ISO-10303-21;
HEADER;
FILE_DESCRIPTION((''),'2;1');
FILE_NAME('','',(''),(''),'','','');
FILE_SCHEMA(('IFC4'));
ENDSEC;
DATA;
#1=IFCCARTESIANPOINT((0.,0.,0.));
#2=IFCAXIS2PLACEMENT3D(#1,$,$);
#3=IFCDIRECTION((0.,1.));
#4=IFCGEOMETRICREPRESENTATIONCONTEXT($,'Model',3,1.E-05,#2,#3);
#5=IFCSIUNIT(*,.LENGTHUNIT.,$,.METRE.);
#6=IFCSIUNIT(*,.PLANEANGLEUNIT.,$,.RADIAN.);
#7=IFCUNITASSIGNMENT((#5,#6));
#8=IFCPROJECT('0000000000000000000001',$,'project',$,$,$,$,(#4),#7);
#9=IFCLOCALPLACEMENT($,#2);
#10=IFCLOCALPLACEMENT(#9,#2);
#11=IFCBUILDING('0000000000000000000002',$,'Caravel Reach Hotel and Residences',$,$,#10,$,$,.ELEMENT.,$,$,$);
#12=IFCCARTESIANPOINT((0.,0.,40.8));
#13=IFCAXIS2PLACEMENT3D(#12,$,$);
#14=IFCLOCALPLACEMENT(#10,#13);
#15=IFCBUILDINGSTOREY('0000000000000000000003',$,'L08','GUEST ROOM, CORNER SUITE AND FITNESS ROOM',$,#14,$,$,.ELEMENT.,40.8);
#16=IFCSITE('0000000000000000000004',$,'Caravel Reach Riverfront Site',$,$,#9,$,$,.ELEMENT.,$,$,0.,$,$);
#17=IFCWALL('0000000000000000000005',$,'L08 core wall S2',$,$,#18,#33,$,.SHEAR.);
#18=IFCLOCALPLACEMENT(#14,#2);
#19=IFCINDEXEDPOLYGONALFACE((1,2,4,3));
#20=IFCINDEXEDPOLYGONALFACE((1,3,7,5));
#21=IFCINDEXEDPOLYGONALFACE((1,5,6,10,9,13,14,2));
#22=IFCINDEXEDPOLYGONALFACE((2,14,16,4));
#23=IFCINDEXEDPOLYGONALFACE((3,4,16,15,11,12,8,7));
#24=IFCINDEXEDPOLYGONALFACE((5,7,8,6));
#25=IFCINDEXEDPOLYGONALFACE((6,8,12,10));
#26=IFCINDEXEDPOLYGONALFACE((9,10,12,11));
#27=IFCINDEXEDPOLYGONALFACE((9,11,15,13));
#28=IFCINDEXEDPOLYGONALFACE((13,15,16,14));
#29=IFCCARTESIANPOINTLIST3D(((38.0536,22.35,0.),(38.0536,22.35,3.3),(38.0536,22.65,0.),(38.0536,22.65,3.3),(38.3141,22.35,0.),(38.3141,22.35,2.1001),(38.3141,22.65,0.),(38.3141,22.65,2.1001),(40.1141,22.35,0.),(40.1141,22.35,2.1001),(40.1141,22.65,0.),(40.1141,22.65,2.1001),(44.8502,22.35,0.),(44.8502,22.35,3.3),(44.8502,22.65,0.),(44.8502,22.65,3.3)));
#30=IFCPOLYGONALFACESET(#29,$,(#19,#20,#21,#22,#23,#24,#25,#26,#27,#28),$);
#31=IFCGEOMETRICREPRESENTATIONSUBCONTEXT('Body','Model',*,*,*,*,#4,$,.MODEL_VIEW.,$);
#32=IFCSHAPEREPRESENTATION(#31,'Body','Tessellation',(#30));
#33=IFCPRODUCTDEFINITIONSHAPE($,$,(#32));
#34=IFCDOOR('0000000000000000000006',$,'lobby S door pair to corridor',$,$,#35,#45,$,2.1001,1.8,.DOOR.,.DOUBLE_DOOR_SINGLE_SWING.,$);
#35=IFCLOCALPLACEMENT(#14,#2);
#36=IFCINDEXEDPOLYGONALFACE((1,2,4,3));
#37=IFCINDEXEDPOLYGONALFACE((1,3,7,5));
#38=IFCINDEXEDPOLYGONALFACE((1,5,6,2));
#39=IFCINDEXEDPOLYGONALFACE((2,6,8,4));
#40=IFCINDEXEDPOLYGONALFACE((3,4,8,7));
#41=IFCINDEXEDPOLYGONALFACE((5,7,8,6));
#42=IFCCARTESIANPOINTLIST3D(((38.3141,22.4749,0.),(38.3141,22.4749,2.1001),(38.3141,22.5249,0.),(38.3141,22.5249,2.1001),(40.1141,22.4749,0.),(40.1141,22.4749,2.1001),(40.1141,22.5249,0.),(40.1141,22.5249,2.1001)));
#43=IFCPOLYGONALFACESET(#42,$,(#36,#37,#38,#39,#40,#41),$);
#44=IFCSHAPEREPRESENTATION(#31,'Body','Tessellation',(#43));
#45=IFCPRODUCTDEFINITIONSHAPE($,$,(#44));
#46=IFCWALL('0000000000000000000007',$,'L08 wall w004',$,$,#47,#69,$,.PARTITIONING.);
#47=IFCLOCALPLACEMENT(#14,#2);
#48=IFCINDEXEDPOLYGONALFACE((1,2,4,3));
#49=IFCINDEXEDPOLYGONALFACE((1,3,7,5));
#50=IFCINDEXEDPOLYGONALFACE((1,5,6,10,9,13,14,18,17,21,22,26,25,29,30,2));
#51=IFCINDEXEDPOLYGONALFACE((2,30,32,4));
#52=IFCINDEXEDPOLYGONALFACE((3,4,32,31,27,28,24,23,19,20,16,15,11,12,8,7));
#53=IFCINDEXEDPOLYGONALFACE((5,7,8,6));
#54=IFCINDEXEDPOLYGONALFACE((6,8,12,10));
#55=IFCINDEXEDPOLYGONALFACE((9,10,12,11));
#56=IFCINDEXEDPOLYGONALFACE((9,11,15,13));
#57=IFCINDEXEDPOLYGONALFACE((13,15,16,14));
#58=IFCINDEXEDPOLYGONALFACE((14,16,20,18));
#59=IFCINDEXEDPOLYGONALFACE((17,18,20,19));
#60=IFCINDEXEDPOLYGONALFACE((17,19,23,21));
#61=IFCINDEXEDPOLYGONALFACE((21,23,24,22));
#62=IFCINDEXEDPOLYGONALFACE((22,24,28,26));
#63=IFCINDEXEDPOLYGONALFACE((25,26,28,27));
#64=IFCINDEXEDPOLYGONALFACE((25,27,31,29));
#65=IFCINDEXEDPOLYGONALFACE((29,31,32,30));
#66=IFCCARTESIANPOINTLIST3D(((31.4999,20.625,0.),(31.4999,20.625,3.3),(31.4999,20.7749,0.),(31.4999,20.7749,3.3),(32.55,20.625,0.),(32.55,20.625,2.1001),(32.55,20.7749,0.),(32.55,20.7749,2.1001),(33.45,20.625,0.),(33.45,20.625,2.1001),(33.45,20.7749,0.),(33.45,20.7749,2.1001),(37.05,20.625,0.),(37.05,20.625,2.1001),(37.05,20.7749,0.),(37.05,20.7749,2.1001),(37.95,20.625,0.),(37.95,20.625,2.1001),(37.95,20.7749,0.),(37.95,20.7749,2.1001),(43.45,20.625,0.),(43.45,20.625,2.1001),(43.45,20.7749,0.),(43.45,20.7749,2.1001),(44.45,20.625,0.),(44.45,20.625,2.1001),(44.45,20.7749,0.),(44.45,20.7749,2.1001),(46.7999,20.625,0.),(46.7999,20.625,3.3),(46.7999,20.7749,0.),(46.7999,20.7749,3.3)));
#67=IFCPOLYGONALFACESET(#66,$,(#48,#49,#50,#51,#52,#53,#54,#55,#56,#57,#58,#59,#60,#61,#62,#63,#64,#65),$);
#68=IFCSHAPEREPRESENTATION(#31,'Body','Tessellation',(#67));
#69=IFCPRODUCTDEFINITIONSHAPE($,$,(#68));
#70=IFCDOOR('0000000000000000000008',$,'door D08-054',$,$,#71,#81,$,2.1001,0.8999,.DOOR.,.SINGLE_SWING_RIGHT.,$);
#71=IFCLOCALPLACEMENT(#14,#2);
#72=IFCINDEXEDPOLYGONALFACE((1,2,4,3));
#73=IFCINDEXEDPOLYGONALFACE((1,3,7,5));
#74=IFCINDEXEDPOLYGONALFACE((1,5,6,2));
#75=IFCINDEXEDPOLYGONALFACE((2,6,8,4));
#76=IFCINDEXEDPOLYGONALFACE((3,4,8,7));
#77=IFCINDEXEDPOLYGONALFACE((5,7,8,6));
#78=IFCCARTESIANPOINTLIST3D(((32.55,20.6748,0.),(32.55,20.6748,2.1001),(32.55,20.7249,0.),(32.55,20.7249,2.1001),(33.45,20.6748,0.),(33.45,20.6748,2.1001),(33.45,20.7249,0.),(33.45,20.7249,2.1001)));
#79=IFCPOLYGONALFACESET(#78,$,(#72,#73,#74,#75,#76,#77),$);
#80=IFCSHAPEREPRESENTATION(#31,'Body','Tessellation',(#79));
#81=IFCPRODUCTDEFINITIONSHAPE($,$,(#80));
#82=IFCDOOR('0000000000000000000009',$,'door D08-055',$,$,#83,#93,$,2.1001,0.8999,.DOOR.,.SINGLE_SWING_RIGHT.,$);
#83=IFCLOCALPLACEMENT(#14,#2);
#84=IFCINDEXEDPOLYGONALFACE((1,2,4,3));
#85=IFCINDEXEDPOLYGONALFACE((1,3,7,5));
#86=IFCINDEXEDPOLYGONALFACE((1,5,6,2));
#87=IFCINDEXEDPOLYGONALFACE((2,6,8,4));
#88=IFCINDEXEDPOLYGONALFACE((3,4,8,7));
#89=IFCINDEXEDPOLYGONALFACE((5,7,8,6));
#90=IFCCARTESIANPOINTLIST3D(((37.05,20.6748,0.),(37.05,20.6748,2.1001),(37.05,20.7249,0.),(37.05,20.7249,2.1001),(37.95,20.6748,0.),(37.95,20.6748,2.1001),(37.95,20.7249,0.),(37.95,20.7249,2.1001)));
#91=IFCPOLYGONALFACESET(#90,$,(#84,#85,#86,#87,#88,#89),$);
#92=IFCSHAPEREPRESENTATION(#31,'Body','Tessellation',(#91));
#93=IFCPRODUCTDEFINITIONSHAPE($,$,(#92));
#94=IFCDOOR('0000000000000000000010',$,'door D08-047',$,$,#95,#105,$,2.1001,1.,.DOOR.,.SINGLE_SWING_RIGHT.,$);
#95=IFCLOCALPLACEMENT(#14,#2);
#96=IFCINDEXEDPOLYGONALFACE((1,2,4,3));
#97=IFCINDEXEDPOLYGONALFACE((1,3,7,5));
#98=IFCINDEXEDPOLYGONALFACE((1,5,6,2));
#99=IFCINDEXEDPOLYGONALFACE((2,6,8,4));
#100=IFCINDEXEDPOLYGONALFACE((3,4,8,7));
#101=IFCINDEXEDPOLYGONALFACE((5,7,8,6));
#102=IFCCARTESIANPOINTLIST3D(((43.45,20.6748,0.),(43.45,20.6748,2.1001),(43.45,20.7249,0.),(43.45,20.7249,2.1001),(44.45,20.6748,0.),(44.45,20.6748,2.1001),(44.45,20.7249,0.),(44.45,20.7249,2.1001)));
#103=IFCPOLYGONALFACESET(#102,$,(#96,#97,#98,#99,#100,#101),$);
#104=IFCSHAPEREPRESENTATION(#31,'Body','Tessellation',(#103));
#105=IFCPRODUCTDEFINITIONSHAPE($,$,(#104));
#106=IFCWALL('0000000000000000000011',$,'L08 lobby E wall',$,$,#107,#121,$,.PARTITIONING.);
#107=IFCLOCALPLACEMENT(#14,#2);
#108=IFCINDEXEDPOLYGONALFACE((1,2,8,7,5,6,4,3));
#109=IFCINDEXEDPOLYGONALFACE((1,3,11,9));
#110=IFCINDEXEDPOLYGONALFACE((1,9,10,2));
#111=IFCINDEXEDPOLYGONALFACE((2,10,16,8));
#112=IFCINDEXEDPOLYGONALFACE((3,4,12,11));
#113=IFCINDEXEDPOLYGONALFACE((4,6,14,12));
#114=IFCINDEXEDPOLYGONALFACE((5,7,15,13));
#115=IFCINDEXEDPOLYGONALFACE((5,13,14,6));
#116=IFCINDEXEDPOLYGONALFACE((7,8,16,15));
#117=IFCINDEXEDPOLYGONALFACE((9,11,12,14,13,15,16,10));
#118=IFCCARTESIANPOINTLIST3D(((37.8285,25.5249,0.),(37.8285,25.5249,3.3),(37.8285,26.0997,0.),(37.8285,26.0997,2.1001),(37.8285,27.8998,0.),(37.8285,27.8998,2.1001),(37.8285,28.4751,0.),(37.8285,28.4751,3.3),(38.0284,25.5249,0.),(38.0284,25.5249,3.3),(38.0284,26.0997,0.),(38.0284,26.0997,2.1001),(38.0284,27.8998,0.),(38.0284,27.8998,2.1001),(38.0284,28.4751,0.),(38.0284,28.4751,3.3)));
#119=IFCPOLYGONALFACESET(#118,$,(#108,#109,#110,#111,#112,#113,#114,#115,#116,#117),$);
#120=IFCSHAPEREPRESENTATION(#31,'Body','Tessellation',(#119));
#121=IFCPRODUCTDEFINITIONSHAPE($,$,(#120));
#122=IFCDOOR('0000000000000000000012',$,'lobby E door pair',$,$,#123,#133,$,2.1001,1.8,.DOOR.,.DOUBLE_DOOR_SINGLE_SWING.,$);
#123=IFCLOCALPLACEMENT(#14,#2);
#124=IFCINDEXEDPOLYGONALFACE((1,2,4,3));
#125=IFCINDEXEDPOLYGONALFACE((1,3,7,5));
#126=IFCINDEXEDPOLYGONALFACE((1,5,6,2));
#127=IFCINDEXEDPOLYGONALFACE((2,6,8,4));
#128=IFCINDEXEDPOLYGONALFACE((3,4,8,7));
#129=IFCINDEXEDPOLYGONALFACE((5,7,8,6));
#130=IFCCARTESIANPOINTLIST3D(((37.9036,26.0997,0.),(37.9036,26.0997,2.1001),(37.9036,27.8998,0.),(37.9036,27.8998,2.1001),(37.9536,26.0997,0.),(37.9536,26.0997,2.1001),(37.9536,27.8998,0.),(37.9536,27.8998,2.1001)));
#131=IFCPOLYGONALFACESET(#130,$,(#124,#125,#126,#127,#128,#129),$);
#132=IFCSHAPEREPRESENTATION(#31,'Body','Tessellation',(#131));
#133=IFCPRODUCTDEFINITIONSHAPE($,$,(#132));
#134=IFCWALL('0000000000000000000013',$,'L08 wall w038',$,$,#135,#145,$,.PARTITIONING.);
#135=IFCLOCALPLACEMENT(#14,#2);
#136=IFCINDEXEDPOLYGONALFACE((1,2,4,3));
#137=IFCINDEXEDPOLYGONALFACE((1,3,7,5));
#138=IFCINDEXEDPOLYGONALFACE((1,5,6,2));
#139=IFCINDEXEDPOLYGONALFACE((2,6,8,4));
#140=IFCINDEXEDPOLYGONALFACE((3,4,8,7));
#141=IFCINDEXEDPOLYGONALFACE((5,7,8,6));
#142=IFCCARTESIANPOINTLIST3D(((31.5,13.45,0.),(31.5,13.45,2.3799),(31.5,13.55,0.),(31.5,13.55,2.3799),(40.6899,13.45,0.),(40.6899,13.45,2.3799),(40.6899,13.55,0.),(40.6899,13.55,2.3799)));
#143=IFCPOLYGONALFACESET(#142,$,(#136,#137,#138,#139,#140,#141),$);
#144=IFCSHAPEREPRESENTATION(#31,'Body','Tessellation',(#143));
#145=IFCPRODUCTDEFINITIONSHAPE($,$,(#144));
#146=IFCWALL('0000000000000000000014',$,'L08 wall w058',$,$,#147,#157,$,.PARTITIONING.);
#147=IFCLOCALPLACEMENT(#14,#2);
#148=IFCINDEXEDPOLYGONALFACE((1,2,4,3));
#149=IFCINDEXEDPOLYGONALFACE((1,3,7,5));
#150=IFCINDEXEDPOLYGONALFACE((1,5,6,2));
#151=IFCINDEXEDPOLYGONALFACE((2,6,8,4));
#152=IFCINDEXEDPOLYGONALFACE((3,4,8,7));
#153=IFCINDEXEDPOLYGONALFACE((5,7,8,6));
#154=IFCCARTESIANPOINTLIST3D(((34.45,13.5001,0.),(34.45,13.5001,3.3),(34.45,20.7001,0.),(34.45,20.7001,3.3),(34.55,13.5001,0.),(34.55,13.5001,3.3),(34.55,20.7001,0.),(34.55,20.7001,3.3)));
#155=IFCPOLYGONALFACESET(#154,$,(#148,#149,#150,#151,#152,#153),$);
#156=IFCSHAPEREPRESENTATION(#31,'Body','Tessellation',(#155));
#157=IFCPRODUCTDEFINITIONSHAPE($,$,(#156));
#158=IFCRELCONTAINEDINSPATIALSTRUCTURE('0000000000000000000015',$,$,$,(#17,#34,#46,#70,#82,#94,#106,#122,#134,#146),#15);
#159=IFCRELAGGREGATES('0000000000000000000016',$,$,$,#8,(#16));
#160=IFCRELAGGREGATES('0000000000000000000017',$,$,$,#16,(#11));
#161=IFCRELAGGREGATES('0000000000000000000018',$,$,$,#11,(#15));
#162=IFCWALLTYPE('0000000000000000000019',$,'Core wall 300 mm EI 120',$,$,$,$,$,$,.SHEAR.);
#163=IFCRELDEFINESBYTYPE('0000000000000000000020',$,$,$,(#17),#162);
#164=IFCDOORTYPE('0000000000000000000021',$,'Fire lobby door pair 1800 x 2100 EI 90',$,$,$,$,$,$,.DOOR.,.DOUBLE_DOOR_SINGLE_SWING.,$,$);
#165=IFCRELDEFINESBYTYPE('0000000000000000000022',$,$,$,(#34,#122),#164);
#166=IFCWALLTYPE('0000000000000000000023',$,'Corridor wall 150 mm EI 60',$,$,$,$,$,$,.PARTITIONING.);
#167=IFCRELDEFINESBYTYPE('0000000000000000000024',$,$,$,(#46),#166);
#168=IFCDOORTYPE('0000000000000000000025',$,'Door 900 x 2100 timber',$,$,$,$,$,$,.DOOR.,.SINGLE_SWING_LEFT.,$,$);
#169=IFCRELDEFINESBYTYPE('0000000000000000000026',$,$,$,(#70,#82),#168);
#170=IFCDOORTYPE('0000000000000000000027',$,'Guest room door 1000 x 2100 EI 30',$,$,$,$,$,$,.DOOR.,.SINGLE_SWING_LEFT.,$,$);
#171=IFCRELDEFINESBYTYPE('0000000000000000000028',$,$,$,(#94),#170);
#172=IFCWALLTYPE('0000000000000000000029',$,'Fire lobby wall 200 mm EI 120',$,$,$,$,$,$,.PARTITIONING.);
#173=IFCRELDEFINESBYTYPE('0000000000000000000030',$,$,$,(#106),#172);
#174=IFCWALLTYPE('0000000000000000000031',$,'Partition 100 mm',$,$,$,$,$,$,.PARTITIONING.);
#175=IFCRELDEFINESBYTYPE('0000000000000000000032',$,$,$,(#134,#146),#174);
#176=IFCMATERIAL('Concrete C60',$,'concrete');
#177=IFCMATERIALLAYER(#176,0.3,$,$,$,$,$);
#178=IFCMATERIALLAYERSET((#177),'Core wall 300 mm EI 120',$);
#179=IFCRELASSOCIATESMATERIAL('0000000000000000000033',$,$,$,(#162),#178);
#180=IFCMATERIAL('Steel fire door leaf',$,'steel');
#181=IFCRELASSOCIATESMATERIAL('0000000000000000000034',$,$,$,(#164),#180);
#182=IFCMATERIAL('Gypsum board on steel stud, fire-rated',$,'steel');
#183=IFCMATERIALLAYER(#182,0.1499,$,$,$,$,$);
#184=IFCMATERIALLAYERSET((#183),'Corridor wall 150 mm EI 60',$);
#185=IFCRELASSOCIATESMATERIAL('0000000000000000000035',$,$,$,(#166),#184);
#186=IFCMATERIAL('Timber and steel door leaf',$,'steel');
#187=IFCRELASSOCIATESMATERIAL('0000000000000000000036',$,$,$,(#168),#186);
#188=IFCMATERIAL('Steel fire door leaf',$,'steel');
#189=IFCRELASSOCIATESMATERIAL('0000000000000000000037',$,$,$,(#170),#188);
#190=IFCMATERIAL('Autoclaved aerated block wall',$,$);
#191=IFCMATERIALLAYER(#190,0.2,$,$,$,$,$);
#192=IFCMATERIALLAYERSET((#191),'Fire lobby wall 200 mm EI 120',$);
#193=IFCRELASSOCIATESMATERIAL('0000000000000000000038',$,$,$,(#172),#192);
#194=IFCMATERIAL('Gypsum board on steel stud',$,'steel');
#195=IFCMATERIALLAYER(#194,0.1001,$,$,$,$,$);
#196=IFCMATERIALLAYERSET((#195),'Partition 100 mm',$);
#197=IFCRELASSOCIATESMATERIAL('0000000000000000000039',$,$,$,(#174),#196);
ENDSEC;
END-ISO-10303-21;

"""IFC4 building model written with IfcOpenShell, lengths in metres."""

from ifc_helpers import new_model, si_unit, direction, frame, frame_2d, origin, place, context, subcontext, project, spatial, rectangle, extrude, material, layer, layer_set, type_object, element, fill, save


model = new_model("IFC4")

# Units and contexts
model_context = context("Model", 3, precision=1e-05, world=origin(), true_north=direction((0.0, 1.0)))
body_context = subcontext(model_context, "Body", "Model", "MODEL_VIEW")
ifc_project = project(units=[si_unit("LENGTHUNIT", "METRE"), si_unit("PLANEANGLEUNIT", "RADIAN")], contexts=[model_context])

# Site, building, storey
site_placement = place(None, origin())
site = spatial("IfcSite", under=ifc_project, at=site_placement, Name="Caravel Reach Riverfront Site", CompositionType="ELEMENT", RefElevation=0.0)
building_placement = place(site_placement, origin())
building = spatial("IfcBuilding", under=site, at=building_placement, Name="Caravel Reach Hotel and Residences", CompositionType="ELEMENT")
storey_placement = place(building_placement, frame((0.0, 0.0, 40.8)))
storey = spatial("IfcBuildingStorey", under=building, at=storey_placement, Name="L08", Description="GUEST ROOM, CORNER SUITE AND FITNESS ROOM", CompositionType="ELEMENT", Elevation=40.8)

# Wall, opening, door
ifc_material_1 = material(Name="Concrete C60", Category="concrete")
ifc_layer_1 = layer(ifc_material_1, 0.3)
ifc_layer_set_1 = layer_set([ifc_layer_1], Name="Core wall 300 mm EI 120")
wall_type_1 = type_object("IfcWallType", Name="Core wall 300 mm EI 120", PredefinedType="SHEAR", material=ifc_layer_set_1)
wall_1_placement = place(storey_placement, frame((38.0535, 22.5, 0.0), z_axis=(0.0, 0.0, 1.0), x_axis=(1.0, 0.0, 0.0)))
wall_1 = element("IfcWall", 1, at=wall_1_placement, inside=storey, type_object=wall_type_1, Name="L08 core wall S2", PredefinedType="SHEAR", context=body_context, shape_type="SweptSolid", body=[
    extrude(rectangle(XDim=6.7966, YDim=0.3, at=frame_2d((3.3984, 0.0))), origin(), (0.0, 0.0, 1.0), 3.3),
])
opening_1_placement = place(wall_1_placement, frame((0.2607, 0.0, 0.0)))
opening_1 = element("IfcOpeningElement", 2, at=opening_1_placement, cuts=wall_1, PredefinedType="OPENING", context=body_context, shape_type="SweptSolid", body=[
    extrude(rectangle(XDim=1.8, YDim=2.1001, at=frame_2d((0.8999, 1.05))), frame((0.0, 0.1599, 0.0), z_axis=(0.0, -1.0, 0.0), x_axis=(1.0, 0.0, 0.0)), (0.0, 0.0, 1.0), 0.3201),
])
ifc_material_2 = material(Name="Steel fire door leaf", Category="steel")
door_type_1 = type_object("IfcDoorType", Name="Fire lobby door pair 1800 x 2100 EI 90", OperationType="DOUBLE_DOOR_SINGLE_SWING", PredefinedType="DOOR", material=ifc_material_2)
door_1_placement = place(opening_1_placement, origin())
door_1 = element("IfcDoor", 3, at=door_1_placement, inside=storey, type_object=door_type_1, Name="lobby S door pair to corridor", OperationType="DOUBLE_DOOR_SINGLE_SWING", OverallHeight=2.1001, OverallWidth=1.8, PredefinedType="DOOR", context=body_context, shape_type="SweptSolid", body=[
    extrude(rectangle(XDim=1.8, YDim=2.1001, at=frame_2d((0.8999, 1.05))), frame((0.0, 0.0249, 0.0), z_axis=(0.0, -1.0, 0.0), x_axis=(1.0, 0.0, 0.0)), (0.0, 0.0, 1.0), 0.05),
])
fill(opening_1, door_1)

# Wall, openings, doors
ifc_material_3 = material(Name="Gypsum board on steel stud, fire-rated", Category="steel")
ifc_layer_2 = layer(ifc_material_3, 0.1499)
ifc_layer_set_2 = layer_set([ifc_layer_2], Name="Corridor wall 150 mm EI 60")
wall_type_2 = type_object("IfcWallType", Name="Corridor wall 150 mm EI 60", PredefinedType="PARTITIONING", material=ifc_layer_set_2)
wall_2_placement = place(storey_placement, frame((31.5, 20.7, 0.0), z_axis=(0.0, 0.0, 1.0), x_axis=(1.0, 0.0, 0.0)))
wall_2 = element("IfcWall", 4, at=wall_2_placement, inside=storey, type_object=wall_type_2, Name="L08 wall w004", PredefinedType="PARTITIONING", context=body_context, shape_type="SweptSolid", body=[
    extrude(rectangle(XDim=15.3, YDim=0.1499, at=frame_2d((7.6499, 0.0))), origin(), (0.0, 0.0, 1.0), 3.3),
])
opening_2_placement = place(wall_2_placement, frame((11.95, 0.0, 0.0)))
opening_2 = element("IfcOpeningElement", 5, at=opening_2_placement, cuts=wall_2, PredefinedType="OPENING", context=body_context, shape_type="SweptSolid", body=[
    extrude(rectangle(XDim=1.0, YDim=2.1001, at=frame_2d((0.5, 1.05))), frame((0.0, 0.085, 0.0), z_axis=(0.0, -1.0, 0.0), x_axis=(1.0, 0.0, 0.0)), (0.0, 0.0, 1.0), 0.1699),
])
opening_3_placement = place(wall_2_placement, frame((1.05, 0.0, 0.0)))
opening_3 = element("IfcOpeningElement", 6, at=opening_3_placement, cuts=wall_2, PredefinedType="OPENING", context=body_context, shape_type="SweptSolid", body=[
    extrude(rectangle(XDim=0.8999, YDim=2.1001, at=frame_2d((0.45, 1.05))), frame((0.0, 0.085, 0.0), z_axis=(0.0, -1.0, 0.0), x_axis=(1.0, 0.0, 0.0)), (0.0, 0.0, 1.0), 0.1699),
])
opening_4_placement = place(wall_2_placement, frame((5.55, 0.0, 0.0)))
opening_4 = element("IfcOpeningElement", 7, at=opening_4_placement, cuts=wall_2, PredefinedType="OPENING", context=body_context, shape_type="SweptSolid", body=[
    extrude(rectangle(XDim=0.8999, YDim=2.1001, at=frame_2d((0.45, 1.05))), frame((0.0, 0.085, 0.0), z_axis=(0.0, -1.0, 0.0), x_axis=(1.0, 0.0, 0.0)), (0.0, 0.0, 1.0), 0.1699),
])
ifc_material_4 = material(Name="Timber and steel door leaf", Category="steel")
door_type_2 = type_object("IfcDoorType", Name="Door 900 x 2100 timber", OperationType="SINGLE_SWING_LEFT", PredefinedType="DOOR", material=ifc_material_4)
door_2_placement = place(opening_3_placement, origin())
door_2 = element("IfcDoor", 8, at=door_2_placement, inside=storey, type_object=door_type_2, Name="door D08-054", OperationType="SINGLE_SWING_RIGHT", OverallHeight=2.1001, OverallWidth=0.8999, PredefinedType="DOOR", context=body_context, shape_type="SweptSolid", body=[
    extrude(rectangle(XDim=0.8999, YDim=2.1001, at=frame_2d((0.45, 1.05))), frame((0.0, 0.0249, 0.0), z_axis=(0.0, -1.0, 0.0), x_axis=(1.0, 0.0, 0.0)), (0.0, 0.0, 1.0), 0.05),
])
fill(opening_3, door_2)
door_3_placement = place(opening_4_placement, origin())
door_3 = element("IfcDoor", 9, at=door_3_placement, inside=storey, type_object=door_type_2, Name="door D08-055", OperationType="SINGLE_SWING_RIGHT", OverallHeight=2.1001, OverallWidth=0.8999, PredefinedType="DOOR", context=body_context, shape_type="SweptSolid", body=[
    extrude(rectangle(XDim=0.8999, YDim=2.1001, at=frame_2d((0.45, 1.05))), frame((0.0, 0.0249, 0.0), z_axis=(0.0, -1.0, 0.0), x_axis=(1.0, 0.0, 0.0)), (0.0, 0.0, 1.0), 0.05),
])
fill(opening_4, door_3)
ifc_material_5 = material(Name="Steel fire door leaf", Category="steel")
door_type_3 = type_object("IfcDoorType", Name="Guest room door 1000 x 2100 EI 30", OperationType="SINGLE_SWING_LEFT", PredefinedType="DOOR", material=ifc_material_5)
door_4_placement = place(opening_2_placement, origin())
door_4 = element("IfcDoor", 10, at=door_4_placement, inside=storey, type_object=door_type_3, Name="door D08-047", OperationType="SINGLE_SWING_RIGHT", OverallHeight=2.1001, OverallWidth=1.0, PredefinedType="DOOR", context=body_context, shape_type="SweptSolid", body=[
    extrude(rectangle(XDim=1.0, YDim=2.1001, at=frame_2d((0.5, 1.05))), frame((0.0, 0.0249, 0.0), z_axis=(0.0, -1.0, 0.0), x_axis=(1.0, 0.0, 0.0)), (0.0, 0.0, 1.0), 0.05),
])
fill(opening_2, door_4)

# Wall, opening, door
ifc_material_6 = material(Name="Autoclaved aerated block wall")
ifc_layer_3 = layer(ifc_material_6, 0.2)
ifc_layer_set_3 = layer_set([ifc_layer_3], Name="Fire lobby wall 200 mm EI 120")
wall_type_3 = type_object("IfcWallType", Name="Fire lobby wall 200 mm EI 120", PredefinedType="PARTITIONING", material=ifc_layer_set_3)
wall_3_placement = place(storey_placement, frame((37.9285, 25.5249, 0.0), z_axis=(0.0, 0.0, 1.0), x_axis=(0.0, 1.0, 0.0)))
wall_3 = element("IfcWall", 11, at=wall_3_placement, inside=storey, type_object=wall_type_3, Name="L08 lobby E wall", PredefinedType="PARTITIONING", context=body_context, shape_type="SweptSolid", body=[
    extrude(rectangle(XDim=2.9502, YDim=0.2, at=frame_2d((1.4751, 0.0))), origin(), (0.0, 0.0, 1.0), 3.3),
])
opening_5_placement = place(wall_3_placement, frame((0.575, 0.0, 0.0)))
opening_5 = element("IfcOpeningElement", 12, at=opening_5_placement, cuts=wall_3, PredefinedType="OPENING", context=body_context, shape_type="SweptSolid", body=[
    extrude(rectangle(XDim=1.8, YDim=2.1001, at=frame_2d((0.8999, 1.05))), frame((0.0, 0.1099, 0.0), z_axis=(0.0, -1.0, 0.0), x_axis=(1.0, 0.0, 0.0)), (0.0, 0.0, 1.0), 0.22),
])
door_5_placement = place(opening_5_placement, origin())
door_5 = element("IfcDoor", 13, at=door_5_placement, inside=storey, type_object=door_type_1, Name="lobby E door pair", OperationType="DOUBLE_DOOR_SINGLE_SWING", OverallHeight=2.1001, OverallWidth=1.8, PredefinedType="DOOR", context=body_context, shape_type="SweptSolid", body=[
    extrude(rectangle(XDim=1.8, YDim=2.1001, at=frame_2d((0.8999, 1.05))), frame((0.0, 0.0249, 0.0), z_axis=(0.0, -1.0, 0.0), x_axis=(1.0, 0.0, 0.0)), (0.0, 0.0, 1.0), 0.05),
])
fill(opening_5, door_5)

# Walls
ifc_material_7 = material(Name="Gypsum board on steel stud", Category="steel")
ifc_layer_4 = layer(ifc_material_7, 0.1001)
ifc_layer_set_4 = layer_set([ifc_layer_4], Name="Partition 100 mm")
wall_type_4 = type_object("IfcWallType", Name="Partition 100 mm", PredefinedType="PARTITIONING", material=ifc_layer_set_4)
wall_4_placement = place(storey_placement, frame((31.5, 13.5, 0.0), z_axis=(0.0, 0.0, 1.0), x_axis=(1.0, 0.0, 0.0)))
element("IfcWall", 14, at=wall_4_placement, inside=storey, type_object=wall_type_4, Name="L08 wall w038", PredefinedType="PARTITIONING", context=body_context, shape_type="SweptSolid", body=[
    extrude(rectangle(XDim=9.1899, YDim=0.1001, at=frame_2d((4.595, 0.0))), origin(), (0.0, 0.0, 1.0), 2.3799),
])
wall_5_placement = place(storey_placement, frame((34.5, 13.5, 0.0), z_axis=(0.0, 0.0, 1.0), x_axis=(0.0, 1.0, 0.0)))
element("IfcWall", 15, at=wall_5_placement, inside=storey, type_object=wall_type_4, Name="L08 wall w058", PredefinedType="PARTITIONING", context=body_context, shape_type="SweptSolid", body=[
    extrude(rectangle(XDim=7.2, YDim=0.1001, at=frame_2d((3.6001, 0.0))), origin(), (0.0, 0.0, 1.0), 3.3),
])

save(model, "model.ifc")
